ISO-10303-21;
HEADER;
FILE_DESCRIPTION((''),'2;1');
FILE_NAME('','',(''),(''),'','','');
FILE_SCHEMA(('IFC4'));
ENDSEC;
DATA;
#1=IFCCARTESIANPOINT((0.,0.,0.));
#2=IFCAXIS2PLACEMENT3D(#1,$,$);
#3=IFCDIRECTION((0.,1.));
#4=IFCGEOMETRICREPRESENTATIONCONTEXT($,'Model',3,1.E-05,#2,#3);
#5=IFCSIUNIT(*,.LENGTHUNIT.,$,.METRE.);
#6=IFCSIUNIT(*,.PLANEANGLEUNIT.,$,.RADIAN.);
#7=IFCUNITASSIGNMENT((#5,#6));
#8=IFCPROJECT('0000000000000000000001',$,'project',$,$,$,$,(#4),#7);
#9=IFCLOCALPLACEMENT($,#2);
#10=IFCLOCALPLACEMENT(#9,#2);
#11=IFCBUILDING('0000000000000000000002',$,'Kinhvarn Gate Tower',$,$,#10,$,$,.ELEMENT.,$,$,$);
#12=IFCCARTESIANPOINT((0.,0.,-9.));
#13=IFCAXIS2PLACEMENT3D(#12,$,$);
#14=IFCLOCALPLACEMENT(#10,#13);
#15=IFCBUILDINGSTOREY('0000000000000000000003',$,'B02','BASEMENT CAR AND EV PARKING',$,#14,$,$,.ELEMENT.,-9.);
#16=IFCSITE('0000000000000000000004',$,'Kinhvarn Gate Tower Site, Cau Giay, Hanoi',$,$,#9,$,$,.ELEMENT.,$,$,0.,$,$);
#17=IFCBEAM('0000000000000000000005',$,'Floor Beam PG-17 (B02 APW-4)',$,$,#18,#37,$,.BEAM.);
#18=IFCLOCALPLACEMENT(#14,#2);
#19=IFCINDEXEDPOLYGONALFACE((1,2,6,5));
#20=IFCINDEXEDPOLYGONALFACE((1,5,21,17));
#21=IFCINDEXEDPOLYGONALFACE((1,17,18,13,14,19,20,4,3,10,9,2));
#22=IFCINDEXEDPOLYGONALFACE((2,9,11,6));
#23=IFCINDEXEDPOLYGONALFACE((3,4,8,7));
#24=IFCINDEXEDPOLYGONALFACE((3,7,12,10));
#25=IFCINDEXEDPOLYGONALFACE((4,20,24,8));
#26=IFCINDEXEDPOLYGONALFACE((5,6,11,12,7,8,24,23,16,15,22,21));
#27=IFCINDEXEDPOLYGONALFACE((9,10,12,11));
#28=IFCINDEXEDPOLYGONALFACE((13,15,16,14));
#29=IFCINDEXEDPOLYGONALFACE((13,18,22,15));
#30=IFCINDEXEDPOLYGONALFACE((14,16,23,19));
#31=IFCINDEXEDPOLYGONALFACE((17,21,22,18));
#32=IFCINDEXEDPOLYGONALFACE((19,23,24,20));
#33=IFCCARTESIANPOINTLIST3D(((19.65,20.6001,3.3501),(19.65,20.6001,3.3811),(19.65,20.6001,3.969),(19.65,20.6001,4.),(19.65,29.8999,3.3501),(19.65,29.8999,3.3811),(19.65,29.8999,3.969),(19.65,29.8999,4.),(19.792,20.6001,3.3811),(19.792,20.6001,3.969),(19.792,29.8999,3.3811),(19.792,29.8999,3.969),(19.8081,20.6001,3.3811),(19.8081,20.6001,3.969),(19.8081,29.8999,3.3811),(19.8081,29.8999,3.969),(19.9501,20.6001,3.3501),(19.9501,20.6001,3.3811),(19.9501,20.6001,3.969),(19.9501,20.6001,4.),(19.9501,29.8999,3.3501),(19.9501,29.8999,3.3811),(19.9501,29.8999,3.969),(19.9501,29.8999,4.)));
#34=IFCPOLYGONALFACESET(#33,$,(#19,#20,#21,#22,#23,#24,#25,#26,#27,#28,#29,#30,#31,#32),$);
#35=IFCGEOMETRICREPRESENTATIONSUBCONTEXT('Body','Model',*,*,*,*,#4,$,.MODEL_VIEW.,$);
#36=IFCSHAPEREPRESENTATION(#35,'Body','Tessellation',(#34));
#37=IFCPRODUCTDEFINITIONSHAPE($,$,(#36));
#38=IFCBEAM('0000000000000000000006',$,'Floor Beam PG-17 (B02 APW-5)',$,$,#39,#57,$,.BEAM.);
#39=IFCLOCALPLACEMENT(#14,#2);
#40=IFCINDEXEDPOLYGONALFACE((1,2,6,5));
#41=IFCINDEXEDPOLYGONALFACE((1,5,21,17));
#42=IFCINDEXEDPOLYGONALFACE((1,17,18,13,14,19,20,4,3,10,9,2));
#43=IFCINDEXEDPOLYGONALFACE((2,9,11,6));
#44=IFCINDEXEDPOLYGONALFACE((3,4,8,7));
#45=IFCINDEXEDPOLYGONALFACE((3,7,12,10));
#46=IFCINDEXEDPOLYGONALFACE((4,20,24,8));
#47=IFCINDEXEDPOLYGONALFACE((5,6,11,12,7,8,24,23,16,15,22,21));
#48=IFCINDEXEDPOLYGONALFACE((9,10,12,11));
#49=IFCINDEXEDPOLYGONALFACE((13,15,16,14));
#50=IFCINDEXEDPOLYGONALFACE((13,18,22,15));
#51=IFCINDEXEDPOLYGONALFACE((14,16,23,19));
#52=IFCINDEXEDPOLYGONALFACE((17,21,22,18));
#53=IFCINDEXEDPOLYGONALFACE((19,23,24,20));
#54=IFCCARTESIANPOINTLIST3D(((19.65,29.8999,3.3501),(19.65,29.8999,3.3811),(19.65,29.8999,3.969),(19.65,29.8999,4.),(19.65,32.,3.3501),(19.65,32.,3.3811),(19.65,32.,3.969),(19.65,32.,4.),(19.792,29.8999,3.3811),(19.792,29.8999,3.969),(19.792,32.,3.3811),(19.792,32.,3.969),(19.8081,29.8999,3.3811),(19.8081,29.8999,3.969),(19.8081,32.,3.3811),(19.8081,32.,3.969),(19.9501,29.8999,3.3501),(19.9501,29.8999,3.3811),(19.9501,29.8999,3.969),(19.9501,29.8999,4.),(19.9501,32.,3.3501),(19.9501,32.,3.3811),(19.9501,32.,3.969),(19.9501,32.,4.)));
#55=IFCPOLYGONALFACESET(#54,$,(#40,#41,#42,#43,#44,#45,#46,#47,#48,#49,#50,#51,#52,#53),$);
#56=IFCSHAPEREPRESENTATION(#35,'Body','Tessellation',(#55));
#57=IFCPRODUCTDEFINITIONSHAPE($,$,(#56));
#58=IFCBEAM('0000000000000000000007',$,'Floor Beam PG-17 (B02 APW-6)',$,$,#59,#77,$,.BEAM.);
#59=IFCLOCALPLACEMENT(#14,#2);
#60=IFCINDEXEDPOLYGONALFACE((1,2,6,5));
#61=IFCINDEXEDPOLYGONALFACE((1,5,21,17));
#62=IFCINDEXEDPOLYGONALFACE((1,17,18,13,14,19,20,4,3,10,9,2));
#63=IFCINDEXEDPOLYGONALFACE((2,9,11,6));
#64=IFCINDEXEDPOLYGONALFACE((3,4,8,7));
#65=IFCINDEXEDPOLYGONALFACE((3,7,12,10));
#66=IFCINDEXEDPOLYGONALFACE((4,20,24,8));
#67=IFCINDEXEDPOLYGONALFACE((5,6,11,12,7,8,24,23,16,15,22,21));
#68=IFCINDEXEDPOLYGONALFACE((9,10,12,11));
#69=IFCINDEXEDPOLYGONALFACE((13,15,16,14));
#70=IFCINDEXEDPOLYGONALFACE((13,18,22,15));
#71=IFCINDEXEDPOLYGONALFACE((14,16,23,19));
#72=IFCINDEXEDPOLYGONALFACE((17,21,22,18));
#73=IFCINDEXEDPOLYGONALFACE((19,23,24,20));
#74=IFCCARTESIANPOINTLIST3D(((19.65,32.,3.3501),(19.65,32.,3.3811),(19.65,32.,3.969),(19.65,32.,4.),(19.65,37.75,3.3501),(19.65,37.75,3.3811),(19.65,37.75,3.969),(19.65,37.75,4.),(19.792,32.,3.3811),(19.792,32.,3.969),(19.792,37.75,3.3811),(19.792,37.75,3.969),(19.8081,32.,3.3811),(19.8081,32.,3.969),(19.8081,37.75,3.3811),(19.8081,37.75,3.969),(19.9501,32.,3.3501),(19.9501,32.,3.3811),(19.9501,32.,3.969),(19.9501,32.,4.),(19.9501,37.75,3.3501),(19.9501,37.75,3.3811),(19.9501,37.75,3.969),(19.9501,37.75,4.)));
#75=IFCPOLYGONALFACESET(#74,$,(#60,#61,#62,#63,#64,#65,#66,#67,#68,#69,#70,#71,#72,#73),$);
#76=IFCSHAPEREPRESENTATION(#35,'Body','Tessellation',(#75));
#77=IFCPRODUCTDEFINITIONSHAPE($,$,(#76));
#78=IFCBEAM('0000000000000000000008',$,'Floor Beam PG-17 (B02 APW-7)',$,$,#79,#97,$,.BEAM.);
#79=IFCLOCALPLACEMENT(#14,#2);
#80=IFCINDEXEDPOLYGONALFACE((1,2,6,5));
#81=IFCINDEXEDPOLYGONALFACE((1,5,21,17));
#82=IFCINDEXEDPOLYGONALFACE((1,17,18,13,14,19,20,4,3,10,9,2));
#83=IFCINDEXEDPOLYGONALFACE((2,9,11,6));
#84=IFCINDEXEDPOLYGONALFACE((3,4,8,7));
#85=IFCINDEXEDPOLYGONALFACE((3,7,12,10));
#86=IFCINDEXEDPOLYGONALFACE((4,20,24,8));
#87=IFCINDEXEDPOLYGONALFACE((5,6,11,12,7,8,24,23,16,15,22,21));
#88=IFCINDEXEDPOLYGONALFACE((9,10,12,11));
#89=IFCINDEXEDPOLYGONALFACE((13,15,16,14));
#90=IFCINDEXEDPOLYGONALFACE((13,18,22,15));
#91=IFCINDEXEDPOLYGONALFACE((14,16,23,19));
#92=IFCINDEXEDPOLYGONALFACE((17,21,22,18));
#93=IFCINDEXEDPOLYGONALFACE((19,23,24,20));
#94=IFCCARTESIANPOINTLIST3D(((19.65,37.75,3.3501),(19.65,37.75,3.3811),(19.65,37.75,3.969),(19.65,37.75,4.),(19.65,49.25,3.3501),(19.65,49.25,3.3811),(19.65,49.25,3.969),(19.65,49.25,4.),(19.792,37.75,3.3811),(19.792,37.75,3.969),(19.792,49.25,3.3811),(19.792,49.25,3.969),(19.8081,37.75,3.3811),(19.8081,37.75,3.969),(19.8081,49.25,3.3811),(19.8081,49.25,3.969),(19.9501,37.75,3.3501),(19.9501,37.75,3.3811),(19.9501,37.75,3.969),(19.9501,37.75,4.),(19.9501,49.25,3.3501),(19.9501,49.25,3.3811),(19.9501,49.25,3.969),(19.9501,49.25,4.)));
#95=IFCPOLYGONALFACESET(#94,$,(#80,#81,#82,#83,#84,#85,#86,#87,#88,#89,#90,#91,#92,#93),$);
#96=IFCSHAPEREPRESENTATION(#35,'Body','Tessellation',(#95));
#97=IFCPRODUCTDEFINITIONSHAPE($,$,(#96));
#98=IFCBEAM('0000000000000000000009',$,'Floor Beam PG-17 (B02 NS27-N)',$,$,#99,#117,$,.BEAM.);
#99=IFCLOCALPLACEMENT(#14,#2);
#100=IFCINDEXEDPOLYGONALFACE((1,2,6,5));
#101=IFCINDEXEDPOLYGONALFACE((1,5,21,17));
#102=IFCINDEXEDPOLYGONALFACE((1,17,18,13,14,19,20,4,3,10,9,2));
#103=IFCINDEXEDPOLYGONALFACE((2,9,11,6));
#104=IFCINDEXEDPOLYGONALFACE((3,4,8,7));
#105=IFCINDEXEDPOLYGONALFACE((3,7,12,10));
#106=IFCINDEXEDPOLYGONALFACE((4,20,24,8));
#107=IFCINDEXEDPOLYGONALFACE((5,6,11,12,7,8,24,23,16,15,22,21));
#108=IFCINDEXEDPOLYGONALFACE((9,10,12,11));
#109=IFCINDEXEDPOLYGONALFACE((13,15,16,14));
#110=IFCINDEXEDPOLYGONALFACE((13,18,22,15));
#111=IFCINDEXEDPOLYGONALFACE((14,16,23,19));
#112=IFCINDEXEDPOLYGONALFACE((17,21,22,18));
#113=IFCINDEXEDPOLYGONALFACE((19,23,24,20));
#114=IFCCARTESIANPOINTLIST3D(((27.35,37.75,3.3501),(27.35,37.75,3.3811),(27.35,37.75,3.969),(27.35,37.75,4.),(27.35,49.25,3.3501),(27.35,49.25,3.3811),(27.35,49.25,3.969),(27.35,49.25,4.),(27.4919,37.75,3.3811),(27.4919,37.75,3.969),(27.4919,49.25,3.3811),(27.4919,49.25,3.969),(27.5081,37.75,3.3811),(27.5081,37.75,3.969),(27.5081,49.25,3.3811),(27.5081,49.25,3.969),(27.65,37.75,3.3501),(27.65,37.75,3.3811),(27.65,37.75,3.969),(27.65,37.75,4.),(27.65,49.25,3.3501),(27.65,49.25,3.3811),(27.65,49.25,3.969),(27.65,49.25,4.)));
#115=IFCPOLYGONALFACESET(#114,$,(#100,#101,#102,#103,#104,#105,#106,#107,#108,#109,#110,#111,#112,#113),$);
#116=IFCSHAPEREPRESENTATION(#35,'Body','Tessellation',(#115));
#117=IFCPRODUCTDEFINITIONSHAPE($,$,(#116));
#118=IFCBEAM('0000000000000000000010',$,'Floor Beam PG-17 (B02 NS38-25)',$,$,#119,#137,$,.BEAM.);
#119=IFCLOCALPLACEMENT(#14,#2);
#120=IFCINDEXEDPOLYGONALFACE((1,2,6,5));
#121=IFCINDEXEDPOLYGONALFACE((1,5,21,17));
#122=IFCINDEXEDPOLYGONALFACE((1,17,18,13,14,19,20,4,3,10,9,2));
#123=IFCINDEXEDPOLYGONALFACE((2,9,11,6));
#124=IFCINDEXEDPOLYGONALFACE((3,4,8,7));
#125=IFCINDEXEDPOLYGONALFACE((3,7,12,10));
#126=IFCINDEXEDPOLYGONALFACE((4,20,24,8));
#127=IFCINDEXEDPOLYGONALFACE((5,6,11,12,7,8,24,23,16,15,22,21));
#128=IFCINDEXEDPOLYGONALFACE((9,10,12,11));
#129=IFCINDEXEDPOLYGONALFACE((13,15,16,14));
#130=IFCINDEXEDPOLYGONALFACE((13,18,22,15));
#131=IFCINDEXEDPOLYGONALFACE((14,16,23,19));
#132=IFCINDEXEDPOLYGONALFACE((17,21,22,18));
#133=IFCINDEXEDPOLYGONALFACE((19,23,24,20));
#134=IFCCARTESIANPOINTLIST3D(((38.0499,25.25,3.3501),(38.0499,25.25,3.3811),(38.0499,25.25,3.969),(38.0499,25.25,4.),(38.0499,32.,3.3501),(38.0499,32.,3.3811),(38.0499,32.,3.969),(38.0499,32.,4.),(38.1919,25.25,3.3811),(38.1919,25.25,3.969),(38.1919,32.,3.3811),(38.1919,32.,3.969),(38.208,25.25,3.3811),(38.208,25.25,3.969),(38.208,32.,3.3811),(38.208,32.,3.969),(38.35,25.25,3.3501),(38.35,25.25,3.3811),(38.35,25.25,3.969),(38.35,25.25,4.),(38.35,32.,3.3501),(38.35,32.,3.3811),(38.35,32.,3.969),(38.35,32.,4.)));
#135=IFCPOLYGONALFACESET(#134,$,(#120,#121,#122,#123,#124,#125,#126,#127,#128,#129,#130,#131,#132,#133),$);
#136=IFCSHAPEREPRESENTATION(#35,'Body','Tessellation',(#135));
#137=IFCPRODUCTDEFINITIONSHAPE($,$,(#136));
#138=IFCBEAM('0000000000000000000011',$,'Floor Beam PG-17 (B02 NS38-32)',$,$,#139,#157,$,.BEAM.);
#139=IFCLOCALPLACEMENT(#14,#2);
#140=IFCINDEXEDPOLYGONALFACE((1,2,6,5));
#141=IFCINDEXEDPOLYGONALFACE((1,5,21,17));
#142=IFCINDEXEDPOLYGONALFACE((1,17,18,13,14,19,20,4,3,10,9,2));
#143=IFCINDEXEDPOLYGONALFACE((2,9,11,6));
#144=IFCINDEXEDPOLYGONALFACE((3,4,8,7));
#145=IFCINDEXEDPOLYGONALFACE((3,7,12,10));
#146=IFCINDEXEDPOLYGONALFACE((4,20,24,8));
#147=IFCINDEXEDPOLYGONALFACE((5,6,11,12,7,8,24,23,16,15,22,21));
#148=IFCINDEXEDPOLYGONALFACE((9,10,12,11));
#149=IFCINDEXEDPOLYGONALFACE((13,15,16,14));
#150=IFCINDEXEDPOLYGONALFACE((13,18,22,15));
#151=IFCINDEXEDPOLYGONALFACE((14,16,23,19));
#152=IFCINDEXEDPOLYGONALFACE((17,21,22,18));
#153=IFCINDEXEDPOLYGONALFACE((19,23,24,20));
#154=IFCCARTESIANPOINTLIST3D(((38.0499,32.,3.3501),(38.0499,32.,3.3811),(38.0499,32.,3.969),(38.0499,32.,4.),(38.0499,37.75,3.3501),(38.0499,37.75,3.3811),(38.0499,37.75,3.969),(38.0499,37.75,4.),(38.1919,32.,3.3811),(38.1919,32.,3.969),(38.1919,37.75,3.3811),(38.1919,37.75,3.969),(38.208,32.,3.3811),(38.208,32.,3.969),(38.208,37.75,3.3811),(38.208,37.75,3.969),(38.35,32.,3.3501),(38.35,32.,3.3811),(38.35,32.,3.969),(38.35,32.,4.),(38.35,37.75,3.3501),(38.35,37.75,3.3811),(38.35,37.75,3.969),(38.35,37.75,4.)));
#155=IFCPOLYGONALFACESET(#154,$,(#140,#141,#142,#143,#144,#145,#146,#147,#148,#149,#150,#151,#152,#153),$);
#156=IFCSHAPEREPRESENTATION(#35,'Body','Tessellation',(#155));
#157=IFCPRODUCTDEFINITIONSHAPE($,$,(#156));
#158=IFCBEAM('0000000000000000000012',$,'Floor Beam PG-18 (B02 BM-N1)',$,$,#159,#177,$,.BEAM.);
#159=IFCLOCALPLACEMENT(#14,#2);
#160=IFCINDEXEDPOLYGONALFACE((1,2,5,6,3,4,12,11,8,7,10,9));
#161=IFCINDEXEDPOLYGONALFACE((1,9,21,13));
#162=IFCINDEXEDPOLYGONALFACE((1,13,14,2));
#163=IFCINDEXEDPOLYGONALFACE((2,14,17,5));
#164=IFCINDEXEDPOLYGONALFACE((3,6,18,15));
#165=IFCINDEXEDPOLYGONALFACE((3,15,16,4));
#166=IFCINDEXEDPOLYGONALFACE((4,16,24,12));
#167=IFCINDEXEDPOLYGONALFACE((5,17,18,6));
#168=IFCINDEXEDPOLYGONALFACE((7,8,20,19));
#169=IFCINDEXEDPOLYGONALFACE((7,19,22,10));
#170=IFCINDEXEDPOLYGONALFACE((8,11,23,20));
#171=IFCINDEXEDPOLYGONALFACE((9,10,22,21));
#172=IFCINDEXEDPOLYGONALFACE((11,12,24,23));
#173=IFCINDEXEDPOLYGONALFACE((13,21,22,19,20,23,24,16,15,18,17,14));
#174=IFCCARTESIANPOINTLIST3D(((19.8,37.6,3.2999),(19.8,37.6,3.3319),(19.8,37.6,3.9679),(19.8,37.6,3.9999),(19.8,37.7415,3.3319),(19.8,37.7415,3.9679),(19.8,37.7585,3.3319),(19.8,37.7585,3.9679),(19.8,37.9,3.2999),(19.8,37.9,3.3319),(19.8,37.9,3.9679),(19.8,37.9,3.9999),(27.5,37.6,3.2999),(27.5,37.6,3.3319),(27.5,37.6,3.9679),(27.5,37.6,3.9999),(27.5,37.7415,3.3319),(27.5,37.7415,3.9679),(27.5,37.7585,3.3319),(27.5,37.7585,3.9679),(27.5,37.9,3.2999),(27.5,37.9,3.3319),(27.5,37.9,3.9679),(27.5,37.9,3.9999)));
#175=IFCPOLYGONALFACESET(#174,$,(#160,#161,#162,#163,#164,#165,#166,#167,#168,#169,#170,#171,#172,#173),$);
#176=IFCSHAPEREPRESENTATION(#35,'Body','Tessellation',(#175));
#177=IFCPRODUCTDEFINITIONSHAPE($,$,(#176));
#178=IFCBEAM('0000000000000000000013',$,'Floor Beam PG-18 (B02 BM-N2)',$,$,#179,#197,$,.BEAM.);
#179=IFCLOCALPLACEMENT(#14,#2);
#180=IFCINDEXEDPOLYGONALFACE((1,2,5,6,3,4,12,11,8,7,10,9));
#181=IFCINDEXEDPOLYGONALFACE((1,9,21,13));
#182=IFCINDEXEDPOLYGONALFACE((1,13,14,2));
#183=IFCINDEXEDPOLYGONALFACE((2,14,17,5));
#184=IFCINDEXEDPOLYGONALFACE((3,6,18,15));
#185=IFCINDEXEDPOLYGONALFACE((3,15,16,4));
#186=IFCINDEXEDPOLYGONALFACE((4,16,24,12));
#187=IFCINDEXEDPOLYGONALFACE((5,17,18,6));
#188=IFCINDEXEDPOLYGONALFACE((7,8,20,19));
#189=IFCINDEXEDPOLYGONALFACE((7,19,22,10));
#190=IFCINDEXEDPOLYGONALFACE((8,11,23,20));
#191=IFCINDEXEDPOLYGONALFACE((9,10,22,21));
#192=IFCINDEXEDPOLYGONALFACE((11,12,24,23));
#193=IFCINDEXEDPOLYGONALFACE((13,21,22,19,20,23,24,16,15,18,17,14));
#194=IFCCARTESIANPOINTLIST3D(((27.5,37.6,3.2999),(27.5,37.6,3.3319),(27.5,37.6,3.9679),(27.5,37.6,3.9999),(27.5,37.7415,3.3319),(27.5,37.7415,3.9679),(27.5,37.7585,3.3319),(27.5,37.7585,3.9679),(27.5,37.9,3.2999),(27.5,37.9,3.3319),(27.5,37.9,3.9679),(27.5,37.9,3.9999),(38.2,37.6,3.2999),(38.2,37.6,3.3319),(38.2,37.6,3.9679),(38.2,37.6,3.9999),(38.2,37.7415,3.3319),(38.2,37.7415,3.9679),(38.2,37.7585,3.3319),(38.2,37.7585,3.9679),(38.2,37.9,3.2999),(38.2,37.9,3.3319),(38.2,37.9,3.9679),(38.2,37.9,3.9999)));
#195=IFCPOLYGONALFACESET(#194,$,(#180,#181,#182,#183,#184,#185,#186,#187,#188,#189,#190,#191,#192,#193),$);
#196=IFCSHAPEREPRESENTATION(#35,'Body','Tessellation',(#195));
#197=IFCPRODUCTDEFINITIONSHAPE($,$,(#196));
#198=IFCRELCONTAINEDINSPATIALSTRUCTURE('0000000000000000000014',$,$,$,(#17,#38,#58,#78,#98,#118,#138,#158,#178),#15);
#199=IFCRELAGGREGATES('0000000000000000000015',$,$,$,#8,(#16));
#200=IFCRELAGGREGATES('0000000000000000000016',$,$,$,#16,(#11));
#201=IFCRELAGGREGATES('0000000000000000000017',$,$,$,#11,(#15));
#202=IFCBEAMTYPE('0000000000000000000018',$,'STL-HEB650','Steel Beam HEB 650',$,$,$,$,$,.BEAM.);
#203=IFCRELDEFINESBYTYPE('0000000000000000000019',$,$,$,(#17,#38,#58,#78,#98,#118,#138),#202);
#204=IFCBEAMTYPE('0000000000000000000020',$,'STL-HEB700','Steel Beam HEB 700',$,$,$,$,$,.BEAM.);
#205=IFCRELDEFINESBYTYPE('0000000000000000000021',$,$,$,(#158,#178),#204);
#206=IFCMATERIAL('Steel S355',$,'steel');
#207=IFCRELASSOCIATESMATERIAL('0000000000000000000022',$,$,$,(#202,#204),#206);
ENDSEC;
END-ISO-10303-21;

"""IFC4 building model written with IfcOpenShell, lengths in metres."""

from ifc_helpers import new_model, si_unit, direction, frame, origin, origin_2d, place, context, subcontext, project, spatial, i_section, extrude, material, material_profile, profile_set, type_object, element, save


model = new_model("IFC4")

# Units and contexts
model_context = context("Model", 3, precision=1e-05, world=origin(), true_north=direction((0.0, 1.0)))
body_context = subcontext(model_context, "Body", "Model", "MODEL_VIEW")
ifc_project = project(units=[si_unit("LENGTHUNIT", "METRE"), si_unit("PLANEANGLEUNIT", "RADIAN")], contexts=[model_context])

# Site, building, storey
site_placement = place(None, origin())
site = spatial("IfcSite", under=ifc_project, at=site_placement, Name="Kinhvarn Gate Tower Site, Cau Giay, Hanoi", CompositionType="ELEMENT", RefElevation=0.0)
building_placement = place(site_placement, origin())
building = spatial("IfcBuilding", under=site, at=building_placement, Name="Kinhvarn Gate Tower", CompositionType="ELEMENT")
storey_placement = place(building_placement, frame((0.0, 0.0, -9.0)))
storey = spatial("IfcBuildingStorey", under=building, at=storey_placement, Name="B02", Description="BASEMENT CAR AND EV PARKING", CompositionType="ELEMENT", Elevation=-9.0)

# Beams
ifc_material_1 = material(Name="Steel S355", Category="steel")
ifc_material_profile_1 = material_profile(ifc_material_1, i_section(OverallWidth=0.3, OverallDepth=0.6499, WebThickness=0.0161, FlangeThickness=0.031, at=origin_2d()), Name="HEB 650")
ifc_profile_set_1 = profile_set([ifc_material_profile_1], Name="Steel S355")
beam_type_1 = type_object("IfcBeamType", Name="STL-HEB650", Description="Steel Beam HEB 650", PredefinedType="BEAM", material=ifc_profile_set_1)
beam_1_placement = place(storey_placement, frame((19.8, 20.6001, 3.675), z_axis=(0.0, 1.0, 0.0), x_axis=(-1.0, 0.0, 0.0)))
element("IfcBeam", 1, at=beam_1_placement, inside=storey, type_object=beam_type_1, Name="Floor Beam PG-17 (B02 APW-4)", PredefinedType="BEAM", context=body_context, shape_type="SweptSolid", body=[
    extrude(i_section(OverallWidth=0.3, OverallDepth=0.6499, WebThickness=0.0161, FlangeThickness=0.031, at=origin_2d()), origin(), (0.0, 0.0, 1.0), 9.2998),
])
beam_2_placement = place(storey_placement, frame((19.8, 29.8999, 3.675), z_axis=(0.0, 1.0, 0.0), x_axis=(-1.0, 0.0, 0.0)))
element("IfcBeam", 2, at=beam_2_placement, inside=storey, type_object=beam_type_1, Name="Floor Beam PG-17 (B02 APW-5)", PredefinedType="BEAM", context=body_context, shape_type="SweptSolid", body=[
    extrude(i_section(OverallWidth=0.3, OverallDepth=0.6499, WebThickness=0.0161, FlangeThickness=0.031, at=origin_2d()), origin(), (0.0, 0.0, 1.0), 2.1001),
])
beam_3_placement = place(storey_placement, frame((19.8, 32.0, 3.675), z_axis=(0.0, 1.0, 0.0), x_axis=(-1.0, 0.0, 0.0)))
element("IfcBeam", 3, at=beam_3_placement, inside=storey, type_object=beam_type_1, Name="Floor Beam PG-17 (B02 APW-6)", PredefinedType="BEAM", context=body_context, shape_type="SweptSolid", body=[
    extrude(i_section(OverallWidth=0.3, OverallDepth=0.6499, WebThickness=0.0161, FlangeThickness=0.031, at=origin_2d()), origin(), (0.0, 0.0, 1.0), 5.75),
])
for number, where, z_axis, x_axis, name in (
    (4, (19.8, 37.75, 3.675), (0.0, 1.0, 0.0), (-1.0, 0.0, 0.0), "Floor Beam PG-17 (B02 APW-7)"),
    (5, (27.5, 37.75, 3.675), (0.0, 1.0, 0.0), (-1.0, 0.0, 0.0), "Floor Beam PG-17 (B02 NS27-N)"),
):
    element("IfcBeam", number, at=place(storey_placement, frame(where, z_axis=z_axis, x_axis=x_axis)), inside=storey, type_object=beam_type_1, Name=name, PredefinedType="BEAM", context=body_context, shape_type="SweptSolid", body=[
        extrude(i_section(OverallWidth=0.3, OverallDepth=0.6499, WebThickness=0.0161, FlangeThickness=0.031, at=origin_2d()), origin(), (0.0, 0.0, 1.0), 11.5),
    ])
beam_4_placement = place(storey_placement, frame((38.2, 25.25, 3.675), z_axis=(0.0, 1.0, 0.0), x_axis=(-1.0, 0.0, 0.0)))
element("IfcBeam", 6, at=beam_4_placement, inside=storey, type_object=beam_type_1, Name="Floor Beam PG-17 (B02 NS38-25)", PredefinedType="BEAM", context=body_context, shape_type="SweptSolid", body=[
    extrude(i_section(OverallWidth=0.3, OverallDepth=0.6499, WebThickness=0.0161, FlangeThickness=0.031, at=origin_2d()), origin(), (0.0, 0.0, 1.0), 6.75),
])
beam_5_placement = place(storey_placement, frame((38.2, 32.0, 3.675), z_axis=(0.0, 1.0, 0.0), x_axis=(-1.0, 0.0, 0.0)))
element("IfcBeam", 7, at=beam_5_placement, inside=storey, type_object=beam_type_1, Name="Floor Beam PG-17 (B02 NS38-32)", PredefinedType="BEAM", context=body_context, shape_type="SweptSolid", body=[
    extrude(i_section(OverallWidth=0.3, OverallDepth=0.6499, WebThickness=0.0161, FlangeThickness=0.031, at=origin_2d()), origin(), (0.0, 0.0, 1.0), 5.75),
])
ifc_material_profile_2 = material_profile(ifc_material_1, i_section(OverallWidth=0.3, OverallDepth=0.7, WebThickness=0.0171, FlangeThickness=0.032, at=origin_2d()), Name="HEB 700")
ifc_profile_set_2 = profile_set([ifc_material_profile_2], Name="Steel S355")
beam_type_2 = type_object("IfcBeamType", Name="STL-HEB700", Description="Steel Beam HEB 700", PredefinedType="BEAM", material=ifc_profile_set_2)
beam_6_placement = place(storey_placement, frame((19.8, 37.75, 3.6499), z_axis=(1.0, 0.0, 0.0), x_axis=(0.0, 1.0, 0.0)))
element("IfcBeam", 8, at=beam_6_placement, inside=storey, type_object=beam_type_2, Name="Floor Beam PG-18 (B02 BM-N1)", PredefinedType="BEAM", context=body_context, shape_type="SweptSolid", body=[
    extrude(i_section(OverallWidth=0.3, OverallDepth=0.7, WebThickness=0.0171, FlangeThickness=0.032, at=origin_2d()), origin(), (0.0, 0.0, 1.0), 7.7),
])
beam_7_placement = place(storey_placement, frame((27.5, 37.75, 3.6499), z_axis=(1.0, 0.0, 0.0), x_axis=(0.0, 1.0, 0.0)))
element("IfcBeam", 9, at=beam_7_placement, inside=storey, type_object=beam_type_2, Name="Floor Beam PG-18 (B02 BM-N2)", PredefinedType="BEAM", context=body_context, shape_type="SweptSolid", body=[
    extrude(i_section(OverallWidth=0.3, OverallDepth=0.7, WebThickness=0.0171, FlangeThickness=0.032, at=origin_2d()), origin(), (0.0, 0.0, 1.0), 10.7),
])

save(model, "model.ifc")
